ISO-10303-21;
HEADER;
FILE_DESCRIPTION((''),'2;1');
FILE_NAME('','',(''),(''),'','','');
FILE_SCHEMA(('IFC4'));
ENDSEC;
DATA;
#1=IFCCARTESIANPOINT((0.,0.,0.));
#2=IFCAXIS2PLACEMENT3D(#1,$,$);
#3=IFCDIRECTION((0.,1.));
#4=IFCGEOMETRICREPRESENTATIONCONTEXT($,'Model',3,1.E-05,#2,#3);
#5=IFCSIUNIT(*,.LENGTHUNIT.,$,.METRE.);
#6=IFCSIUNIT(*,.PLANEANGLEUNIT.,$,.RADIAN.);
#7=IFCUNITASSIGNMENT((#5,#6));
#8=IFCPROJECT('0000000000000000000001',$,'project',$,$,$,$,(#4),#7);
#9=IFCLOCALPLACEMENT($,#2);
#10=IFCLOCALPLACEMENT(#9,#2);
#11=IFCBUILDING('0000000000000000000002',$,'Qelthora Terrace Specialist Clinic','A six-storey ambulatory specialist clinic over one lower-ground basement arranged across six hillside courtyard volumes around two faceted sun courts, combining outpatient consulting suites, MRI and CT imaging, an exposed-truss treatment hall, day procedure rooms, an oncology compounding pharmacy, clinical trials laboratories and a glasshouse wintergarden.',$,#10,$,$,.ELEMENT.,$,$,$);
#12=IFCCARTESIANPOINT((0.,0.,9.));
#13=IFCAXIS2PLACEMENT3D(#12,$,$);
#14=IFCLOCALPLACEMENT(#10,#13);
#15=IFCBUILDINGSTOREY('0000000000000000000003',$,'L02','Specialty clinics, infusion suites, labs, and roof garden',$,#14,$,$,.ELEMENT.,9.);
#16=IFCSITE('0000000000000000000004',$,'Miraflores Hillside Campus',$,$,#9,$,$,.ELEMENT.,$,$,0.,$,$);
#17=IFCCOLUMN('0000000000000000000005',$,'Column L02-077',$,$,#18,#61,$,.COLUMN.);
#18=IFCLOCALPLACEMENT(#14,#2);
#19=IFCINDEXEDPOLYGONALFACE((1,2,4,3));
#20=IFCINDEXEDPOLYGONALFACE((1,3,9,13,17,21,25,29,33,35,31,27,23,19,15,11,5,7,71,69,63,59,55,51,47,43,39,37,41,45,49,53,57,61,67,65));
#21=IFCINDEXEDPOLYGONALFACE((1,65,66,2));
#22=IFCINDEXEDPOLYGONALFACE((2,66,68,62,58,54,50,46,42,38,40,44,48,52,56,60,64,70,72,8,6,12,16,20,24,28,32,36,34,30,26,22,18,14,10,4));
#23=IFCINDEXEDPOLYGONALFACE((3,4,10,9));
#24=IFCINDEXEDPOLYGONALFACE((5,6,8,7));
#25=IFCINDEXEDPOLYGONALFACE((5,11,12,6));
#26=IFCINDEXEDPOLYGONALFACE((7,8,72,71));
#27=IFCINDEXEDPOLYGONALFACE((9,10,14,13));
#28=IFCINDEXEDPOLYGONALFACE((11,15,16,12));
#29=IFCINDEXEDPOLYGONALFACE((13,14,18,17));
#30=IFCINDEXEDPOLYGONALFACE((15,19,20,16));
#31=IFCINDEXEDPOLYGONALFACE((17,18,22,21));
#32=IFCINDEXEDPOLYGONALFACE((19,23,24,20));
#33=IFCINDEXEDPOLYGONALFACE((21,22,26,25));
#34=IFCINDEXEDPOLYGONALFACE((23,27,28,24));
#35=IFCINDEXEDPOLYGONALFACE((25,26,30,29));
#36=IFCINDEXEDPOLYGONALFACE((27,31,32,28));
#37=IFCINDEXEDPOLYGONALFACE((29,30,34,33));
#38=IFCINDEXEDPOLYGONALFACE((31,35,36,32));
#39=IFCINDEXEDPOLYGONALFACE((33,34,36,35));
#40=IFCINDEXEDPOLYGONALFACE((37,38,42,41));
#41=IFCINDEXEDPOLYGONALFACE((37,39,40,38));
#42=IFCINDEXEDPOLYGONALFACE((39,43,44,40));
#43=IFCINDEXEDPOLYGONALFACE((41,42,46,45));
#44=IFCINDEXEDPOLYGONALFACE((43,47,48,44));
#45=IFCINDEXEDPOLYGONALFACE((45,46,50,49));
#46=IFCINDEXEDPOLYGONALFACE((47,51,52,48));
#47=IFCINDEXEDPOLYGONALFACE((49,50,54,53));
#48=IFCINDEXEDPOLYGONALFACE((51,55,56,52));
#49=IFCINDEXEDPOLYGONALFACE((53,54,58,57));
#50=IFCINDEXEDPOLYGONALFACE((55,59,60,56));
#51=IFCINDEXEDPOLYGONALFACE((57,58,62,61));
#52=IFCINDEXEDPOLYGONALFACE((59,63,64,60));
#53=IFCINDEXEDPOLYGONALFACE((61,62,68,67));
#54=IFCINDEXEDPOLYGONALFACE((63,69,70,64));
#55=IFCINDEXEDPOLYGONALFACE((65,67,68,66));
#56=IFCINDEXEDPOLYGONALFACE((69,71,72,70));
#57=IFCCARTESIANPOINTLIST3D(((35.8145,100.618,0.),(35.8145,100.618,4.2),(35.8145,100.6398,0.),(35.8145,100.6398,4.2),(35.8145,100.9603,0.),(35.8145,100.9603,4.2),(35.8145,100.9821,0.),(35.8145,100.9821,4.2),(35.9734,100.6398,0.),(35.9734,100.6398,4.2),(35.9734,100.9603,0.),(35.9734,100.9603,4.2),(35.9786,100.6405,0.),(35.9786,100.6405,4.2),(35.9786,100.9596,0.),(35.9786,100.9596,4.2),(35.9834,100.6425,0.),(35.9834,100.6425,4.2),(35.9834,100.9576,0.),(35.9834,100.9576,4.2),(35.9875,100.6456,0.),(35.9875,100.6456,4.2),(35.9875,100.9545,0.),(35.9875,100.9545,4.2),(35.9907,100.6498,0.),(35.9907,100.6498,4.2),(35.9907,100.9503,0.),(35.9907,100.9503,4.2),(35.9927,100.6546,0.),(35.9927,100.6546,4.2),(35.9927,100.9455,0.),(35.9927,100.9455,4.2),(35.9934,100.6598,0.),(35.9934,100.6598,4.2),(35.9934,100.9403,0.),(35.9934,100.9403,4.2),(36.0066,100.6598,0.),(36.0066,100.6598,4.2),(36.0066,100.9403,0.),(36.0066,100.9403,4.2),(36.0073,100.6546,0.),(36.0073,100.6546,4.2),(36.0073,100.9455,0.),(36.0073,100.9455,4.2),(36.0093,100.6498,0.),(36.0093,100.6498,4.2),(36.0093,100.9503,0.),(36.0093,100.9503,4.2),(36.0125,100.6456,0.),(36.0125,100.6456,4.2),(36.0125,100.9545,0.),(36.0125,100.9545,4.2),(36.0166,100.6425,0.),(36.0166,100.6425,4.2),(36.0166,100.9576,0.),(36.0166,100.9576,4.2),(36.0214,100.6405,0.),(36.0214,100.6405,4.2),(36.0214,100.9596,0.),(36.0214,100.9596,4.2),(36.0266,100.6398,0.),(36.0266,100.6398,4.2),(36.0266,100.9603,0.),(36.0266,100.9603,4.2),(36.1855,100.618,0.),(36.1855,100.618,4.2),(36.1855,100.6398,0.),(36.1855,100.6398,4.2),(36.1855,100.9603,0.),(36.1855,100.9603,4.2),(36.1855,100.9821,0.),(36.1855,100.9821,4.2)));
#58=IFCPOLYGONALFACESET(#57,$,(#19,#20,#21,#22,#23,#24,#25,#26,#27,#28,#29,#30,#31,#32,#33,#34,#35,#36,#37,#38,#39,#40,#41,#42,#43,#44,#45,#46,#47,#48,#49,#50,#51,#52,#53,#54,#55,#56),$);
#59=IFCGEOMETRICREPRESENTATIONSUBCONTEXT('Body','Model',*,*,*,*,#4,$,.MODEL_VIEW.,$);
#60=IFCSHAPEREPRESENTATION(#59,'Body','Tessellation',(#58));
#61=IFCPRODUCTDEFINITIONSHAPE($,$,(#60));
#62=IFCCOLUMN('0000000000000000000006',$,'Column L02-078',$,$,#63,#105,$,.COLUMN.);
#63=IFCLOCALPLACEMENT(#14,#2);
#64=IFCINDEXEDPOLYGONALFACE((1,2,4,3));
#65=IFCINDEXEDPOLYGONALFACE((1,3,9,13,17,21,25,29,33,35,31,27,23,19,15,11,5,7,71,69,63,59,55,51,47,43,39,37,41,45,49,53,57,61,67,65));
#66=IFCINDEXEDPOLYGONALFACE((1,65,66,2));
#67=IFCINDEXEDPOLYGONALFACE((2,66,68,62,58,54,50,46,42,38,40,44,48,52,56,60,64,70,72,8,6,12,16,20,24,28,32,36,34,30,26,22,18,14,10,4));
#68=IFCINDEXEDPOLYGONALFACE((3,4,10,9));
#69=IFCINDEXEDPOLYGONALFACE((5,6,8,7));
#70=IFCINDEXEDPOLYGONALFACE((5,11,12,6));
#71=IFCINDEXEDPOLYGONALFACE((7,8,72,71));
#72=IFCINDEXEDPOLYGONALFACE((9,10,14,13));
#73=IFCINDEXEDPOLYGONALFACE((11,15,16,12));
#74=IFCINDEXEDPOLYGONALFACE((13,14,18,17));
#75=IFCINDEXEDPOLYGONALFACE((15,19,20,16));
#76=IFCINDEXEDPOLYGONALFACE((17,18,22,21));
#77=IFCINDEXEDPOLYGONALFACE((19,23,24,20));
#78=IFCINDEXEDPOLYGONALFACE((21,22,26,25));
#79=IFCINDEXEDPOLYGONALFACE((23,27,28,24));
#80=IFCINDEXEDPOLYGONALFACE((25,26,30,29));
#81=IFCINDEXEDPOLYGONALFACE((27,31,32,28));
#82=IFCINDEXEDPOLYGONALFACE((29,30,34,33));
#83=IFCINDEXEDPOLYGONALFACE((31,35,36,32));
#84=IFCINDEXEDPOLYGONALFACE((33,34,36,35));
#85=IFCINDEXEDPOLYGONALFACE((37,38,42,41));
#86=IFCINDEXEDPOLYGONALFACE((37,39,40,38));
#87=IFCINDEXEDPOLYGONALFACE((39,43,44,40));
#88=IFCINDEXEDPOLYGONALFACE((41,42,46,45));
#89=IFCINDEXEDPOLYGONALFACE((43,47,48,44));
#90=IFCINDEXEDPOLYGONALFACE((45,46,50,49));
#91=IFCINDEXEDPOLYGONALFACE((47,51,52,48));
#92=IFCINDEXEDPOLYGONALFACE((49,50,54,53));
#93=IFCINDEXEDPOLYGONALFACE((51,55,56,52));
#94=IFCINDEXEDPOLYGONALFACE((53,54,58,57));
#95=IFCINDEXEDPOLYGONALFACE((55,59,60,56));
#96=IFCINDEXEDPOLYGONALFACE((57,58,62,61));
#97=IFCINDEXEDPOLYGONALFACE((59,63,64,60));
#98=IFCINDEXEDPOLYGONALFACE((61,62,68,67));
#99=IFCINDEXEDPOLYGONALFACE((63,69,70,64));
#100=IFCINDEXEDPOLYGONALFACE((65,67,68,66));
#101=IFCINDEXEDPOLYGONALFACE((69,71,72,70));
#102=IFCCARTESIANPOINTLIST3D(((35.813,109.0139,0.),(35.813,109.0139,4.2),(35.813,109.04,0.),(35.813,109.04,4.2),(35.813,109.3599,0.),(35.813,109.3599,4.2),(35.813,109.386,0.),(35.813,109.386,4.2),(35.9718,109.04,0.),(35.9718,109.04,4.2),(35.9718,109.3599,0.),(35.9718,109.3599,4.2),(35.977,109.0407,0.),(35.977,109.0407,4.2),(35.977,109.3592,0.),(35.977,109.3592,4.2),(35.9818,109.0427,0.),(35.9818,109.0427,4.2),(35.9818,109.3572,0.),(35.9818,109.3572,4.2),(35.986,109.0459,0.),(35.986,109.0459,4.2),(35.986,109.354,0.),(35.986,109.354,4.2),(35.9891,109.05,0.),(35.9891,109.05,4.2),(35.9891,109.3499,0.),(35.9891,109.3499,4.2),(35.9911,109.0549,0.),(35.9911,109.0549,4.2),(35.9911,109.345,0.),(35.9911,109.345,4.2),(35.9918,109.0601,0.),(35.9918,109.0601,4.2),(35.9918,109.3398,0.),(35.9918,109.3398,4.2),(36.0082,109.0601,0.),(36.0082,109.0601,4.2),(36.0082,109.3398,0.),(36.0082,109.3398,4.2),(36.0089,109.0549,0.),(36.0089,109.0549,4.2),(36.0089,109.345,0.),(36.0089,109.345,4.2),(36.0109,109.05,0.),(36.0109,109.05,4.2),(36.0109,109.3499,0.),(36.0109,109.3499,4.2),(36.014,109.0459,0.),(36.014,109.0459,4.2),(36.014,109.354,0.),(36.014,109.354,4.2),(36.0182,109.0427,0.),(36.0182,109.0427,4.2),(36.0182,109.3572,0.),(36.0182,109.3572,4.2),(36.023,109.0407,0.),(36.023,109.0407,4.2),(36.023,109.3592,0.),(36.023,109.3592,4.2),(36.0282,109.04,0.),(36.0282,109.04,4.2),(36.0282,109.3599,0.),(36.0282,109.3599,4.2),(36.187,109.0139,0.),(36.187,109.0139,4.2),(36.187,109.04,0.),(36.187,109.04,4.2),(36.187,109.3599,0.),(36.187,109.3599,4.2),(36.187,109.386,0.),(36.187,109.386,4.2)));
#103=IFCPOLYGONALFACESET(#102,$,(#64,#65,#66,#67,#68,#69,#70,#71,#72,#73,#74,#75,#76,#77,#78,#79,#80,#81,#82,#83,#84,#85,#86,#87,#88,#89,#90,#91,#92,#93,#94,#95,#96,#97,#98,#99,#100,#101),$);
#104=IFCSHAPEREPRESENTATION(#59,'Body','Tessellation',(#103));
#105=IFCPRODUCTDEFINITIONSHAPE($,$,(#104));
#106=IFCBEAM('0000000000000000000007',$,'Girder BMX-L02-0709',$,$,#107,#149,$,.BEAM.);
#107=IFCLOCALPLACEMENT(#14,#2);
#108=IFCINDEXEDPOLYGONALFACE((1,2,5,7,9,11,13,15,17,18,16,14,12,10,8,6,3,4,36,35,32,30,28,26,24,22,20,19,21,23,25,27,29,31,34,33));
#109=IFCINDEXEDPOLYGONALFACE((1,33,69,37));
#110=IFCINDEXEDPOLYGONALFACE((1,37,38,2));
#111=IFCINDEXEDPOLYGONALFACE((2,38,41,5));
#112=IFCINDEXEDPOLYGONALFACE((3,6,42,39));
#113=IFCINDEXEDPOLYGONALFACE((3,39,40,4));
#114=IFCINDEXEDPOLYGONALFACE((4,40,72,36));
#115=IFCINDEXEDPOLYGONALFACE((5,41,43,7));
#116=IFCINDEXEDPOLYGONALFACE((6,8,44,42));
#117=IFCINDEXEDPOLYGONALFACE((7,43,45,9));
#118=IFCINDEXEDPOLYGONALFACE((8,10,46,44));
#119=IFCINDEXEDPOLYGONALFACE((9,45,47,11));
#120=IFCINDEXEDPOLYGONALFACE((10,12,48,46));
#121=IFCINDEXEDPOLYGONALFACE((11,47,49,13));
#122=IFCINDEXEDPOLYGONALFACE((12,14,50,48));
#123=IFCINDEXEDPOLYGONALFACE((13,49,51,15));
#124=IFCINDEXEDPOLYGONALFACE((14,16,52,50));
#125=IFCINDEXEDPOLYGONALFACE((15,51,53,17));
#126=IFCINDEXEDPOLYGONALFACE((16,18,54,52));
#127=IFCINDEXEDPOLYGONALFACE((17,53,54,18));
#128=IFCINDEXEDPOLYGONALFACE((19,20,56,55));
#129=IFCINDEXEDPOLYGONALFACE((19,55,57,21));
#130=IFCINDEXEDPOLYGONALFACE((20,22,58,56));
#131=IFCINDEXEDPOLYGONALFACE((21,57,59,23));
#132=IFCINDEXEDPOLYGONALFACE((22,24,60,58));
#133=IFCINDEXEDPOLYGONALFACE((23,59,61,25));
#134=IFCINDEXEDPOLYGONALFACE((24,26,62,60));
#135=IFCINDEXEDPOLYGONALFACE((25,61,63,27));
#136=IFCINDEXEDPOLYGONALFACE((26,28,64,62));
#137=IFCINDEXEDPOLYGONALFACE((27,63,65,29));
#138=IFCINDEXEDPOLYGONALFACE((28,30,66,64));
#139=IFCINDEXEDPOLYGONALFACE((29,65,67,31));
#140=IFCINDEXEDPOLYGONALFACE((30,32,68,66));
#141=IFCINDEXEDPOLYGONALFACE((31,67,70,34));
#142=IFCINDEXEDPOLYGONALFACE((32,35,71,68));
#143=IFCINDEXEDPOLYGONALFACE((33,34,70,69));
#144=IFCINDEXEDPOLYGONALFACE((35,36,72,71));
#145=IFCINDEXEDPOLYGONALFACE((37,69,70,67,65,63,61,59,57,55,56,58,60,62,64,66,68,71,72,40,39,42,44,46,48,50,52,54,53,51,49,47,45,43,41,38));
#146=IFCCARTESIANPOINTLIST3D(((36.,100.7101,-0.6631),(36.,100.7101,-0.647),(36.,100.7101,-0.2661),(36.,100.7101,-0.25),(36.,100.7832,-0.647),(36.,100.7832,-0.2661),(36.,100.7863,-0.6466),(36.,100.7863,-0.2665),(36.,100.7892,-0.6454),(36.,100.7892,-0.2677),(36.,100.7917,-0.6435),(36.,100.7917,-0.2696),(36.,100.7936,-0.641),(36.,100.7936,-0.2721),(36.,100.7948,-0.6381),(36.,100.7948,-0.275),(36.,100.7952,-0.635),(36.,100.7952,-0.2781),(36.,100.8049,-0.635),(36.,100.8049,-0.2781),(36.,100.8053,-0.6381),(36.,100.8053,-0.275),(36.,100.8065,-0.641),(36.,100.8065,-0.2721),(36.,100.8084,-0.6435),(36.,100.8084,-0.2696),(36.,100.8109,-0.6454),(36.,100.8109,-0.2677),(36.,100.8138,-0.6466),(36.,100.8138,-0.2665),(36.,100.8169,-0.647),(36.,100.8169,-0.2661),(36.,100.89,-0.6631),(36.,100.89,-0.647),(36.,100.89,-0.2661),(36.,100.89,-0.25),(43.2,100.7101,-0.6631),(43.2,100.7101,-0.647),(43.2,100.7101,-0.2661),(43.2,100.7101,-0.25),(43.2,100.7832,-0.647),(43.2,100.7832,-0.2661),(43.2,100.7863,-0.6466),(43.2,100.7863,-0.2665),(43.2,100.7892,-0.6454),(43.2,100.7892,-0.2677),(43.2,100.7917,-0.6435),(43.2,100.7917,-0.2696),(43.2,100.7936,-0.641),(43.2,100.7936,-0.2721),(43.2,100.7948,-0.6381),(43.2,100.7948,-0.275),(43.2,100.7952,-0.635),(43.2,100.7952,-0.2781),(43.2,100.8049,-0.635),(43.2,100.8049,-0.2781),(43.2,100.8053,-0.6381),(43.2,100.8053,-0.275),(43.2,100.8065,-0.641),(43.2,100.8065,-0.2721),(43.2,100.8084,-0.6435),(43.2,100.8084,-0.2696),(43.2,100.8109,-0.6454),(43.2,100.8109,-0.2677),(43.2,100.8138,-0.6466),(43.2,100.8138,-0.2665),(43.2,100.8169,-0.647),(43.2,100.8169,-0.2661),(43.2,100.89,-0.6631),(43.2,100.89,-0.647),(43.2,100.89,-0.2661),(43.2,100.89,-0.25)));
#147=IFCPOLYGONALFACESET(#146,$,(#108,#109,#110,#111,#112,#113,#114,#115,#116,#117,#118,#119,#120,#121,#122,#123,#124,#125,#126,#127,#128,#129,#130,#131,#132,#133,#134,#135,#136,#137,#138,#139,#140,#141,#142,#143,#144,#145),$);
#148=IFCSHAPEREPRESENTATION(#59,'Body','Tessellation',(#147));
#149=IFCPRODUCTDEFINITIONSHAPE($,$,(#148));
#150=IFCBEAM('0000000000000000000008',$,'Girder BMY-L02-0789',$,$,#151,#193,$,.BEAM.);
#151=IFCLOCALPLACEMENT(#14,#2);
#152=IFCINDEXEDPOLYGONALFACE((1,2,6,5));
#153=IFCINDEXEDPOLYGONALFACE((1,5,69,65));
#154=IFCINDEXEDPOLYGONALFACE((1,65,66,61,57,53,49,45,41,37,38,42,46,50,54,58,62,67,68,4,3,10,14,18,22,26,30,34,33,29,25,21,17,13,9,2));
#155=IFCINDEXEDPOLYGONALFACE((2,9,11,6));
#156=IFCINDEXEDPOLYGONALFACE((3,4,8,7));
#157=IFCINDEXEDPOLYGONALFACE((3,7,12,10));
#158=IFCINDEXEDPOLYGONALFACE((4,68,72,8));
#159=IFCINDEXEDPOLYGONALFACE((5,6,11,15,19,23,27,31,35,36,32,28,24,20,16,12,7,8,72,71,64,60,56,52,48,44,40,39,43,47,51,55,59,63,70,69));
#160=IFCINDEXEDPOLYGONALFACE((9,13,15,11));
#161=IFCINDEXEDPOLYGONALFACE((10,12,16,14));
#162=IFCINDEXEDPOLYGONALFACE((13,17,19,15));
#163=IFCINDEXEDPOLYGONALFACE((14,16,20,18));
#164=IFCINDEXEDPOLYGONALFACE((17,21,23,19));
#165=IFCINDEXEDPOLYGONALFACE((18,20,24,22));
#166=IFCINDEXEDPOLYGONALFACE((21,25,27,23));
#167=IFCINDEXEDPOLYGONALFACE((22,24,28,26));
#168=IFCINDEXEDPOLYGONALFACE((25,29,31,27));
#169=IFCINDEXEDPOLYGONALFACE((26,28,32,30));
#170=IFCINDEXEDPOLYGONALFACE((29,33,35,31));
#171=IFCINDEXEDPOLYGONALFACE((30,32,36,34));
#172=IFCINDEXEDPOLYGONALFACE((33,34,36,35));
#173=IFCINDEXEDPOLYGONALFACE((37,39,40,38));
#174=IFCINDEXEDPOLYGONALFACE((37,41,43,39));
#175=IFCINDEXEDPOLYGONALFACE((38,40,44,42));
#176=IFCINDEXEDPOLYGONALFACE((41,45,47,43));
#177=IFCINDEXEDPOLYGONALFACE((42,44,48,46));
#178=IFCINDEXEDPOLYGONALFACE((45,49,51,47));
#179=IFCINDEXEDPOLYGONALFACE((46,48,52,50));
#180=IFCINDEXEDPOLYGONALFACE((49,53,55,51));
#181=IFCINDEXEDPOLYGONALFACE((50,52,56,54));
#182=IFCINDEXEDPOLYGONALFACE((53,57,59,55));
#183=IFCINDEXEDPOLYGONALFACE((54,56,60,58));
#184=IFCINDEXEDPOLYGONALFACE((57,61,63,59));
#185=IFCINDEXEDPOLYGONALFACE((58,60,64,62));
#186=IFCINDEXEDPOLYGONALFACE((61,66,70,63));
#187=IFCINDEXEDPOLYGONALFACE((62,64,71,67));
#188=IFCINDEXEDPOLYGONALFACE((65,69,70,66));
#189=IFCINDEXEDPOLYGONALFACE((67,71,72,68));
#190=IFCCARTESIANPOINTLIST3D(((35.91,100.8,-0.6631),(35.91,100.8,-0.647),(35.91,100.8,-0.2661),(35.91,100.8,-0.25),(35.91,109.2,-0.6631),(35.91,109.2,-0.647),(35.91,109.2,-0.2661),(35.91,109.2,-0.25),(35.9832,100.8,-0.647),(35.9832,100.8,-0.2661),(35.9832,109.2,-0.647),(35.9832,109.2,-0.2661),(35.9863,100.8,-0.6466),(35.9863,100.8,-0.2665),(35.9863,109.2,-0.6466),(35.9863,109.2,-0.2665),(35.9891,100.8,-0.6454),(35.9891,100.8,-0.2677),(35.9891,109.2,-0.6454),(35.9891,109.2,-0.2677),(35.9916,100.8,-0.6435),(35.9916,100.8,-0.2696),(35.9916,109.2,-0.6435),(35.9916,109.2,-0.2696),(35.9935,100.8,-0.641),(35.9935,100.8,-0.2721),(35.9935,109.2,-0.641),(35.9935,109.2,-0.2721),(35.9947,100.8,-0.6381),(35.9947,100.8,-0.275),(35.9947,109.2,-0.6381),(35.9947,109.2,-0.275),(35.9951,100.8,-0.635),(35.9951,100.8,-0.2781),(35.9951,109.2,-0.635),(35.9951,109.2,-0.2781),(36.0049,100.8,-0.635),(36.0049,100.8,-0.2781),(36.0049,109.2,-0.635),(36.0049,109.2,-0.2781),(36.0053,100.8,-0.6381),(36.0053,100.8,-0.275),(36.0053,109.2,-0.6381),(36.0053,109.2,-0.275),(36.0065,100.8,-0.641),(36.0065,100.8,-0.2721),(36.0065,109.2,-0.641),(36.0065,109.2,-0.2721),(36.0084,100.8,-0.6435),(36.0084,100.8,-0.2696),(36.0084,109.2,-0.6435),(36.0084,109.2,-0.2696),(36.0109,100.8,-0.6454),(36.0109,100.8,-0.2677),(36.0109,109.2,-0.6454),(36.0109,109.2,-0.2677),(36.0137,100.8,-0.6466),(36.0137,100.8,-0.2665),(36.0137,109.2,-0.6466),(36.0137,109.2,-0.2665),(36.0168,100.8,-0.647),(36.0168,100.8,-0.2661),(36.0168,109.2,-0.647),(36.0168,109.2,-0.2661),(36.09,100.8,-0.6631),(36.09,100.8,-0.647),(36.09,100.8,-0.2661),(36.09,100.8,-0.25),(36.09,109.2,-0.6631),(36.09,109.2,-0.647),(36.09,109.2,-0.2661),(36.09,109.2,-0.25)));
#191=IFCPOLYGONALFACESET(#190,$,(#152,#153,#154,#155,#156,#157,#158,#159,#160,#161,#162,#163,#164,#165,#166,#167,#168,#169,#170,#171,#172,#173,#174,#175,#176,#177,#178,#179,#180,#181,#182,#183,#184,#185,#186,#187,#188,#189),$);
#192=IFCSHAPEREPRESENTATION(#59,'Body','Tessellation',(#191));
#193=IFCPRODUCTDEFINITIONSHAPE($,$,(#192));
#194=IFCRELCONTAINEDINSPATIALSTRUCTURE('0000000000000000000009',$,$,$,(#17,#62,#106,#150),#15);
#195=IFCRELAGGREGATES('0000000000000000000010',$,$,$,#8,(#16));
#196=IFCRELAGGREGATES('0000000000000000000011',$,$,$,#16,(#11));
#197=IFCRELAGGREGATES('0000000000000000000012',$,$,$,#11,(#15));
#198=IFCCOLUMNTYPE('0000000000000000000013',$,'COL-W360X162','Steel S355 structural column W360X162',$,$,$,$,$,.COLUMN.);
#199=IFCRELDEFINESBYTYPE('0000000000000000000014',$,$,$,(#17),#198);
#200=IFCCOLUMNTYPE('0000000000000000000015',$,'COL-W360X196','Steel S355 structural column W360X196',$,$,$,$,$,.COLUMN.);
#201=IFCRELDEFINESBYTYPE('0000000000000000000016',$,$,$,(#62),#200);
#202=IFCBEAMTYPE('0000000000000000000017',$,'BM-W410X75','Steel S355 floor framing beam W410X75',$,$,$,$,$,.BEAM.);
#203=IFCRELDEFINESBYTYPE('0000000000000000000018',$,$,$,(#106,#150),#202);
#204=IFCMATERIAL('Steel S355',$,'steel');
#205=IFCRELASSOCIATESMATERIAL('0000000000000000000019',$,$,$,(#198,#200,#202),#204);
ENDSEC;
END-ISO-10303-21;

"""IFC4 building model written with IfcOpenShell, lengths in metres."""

from ifc_helpers import new_model, si_unit, direction, frame, origin, origin_2d, place, context, subcontext, project, spatial, i_section, extrude, material, material_profile, profile_set, type_object, element, save


model = new_model("IFC4")

# Units and contexts
model_context = context("Model", 3, precision=1e-05, world=origin(), true_north=direction((0.0, 1.0)))
body_context = subcontext(model_context, "Body", "Model", "MODEL_VIEW")
ifc_project = project(units=[si_unit("LENGTHUNIT", "METRE"), si_unit("PLANEANGLEUNIT", "RADIAN")], contexts=[model_context])

# Site, building, storey
site_placement = place(None, origin())
site = spatial("IfcSite", under=ifc_project, at=site_placement, Name="Miraflores Hillside Campus", CompositionType="ELEMENT", RefElevation=0.0)
building_placement = place(site_placement, origin())
building = spatial("IfcBuilding", under=site, at=building_placement, Name="Qelthora Terrace Specialist Clinic", Description="A six-storey ambulatory specialist clinic over one lower-ground basement arranged across six hillside courtyard volumes around two faceted sun courts, combining outpatient consulting suites, MRI and CT imaging, an exposed-truss treatment hall, day procedure rooms, an oncology compounding pharmacy, clinical trials laboratories and a glasshouse wintergarden.", CompositionType="ELEMENT")
storey_placement = place(building_placement, frame((0.0, 0.0, 9.0)))
storey = spatial("IfcBuildingStorey", under=building, at=storey_placement, Name="L02", Description="Specialty clinics, infusion suites, labs, and roof garden", CompositionType="ELEMENT", Elevation=9.0)

# Columns
ifc_material_1 = material(Name="Steel S355", Category="steel")
ifc_material_profile_1 = material_profile(ifc_material_1, i_section(OverallWidth=0.3711, OverallDepth=0.364, WebThickness=0.0132, FlangeThickness=0.0217, FilletRadius=0.02, at=origin_2d()), Name="W360X162")
ifc_profile_set_1 = profile_set([ifc_material_profile_1], Name="Steel S355")
column_type_1 = type_object("IfcColumnType", Name="COL-W360X162", Description="Steel S355 structural column W360X162", PredefinedType="COLUMN", material=ifc_profile_set_1)
column_1_placement = place(storey_placement, frame((36.0, 100.8, 0.0), z_axis=(0.0, 0.0, 1.0), x_axis=(1.0, 0.0, 0.0)))
element("IfcColumn", 1, at=column_1_placement, inside=storey, type_object=column_type_1, Name="Column L02-077", PredefinedType="COLUMN", context=body_context, shape_type="SweptSolid", body=[
    extrude(i_section(OverallWidth=0.3711, OverallDepth=0.364, WebThickness=0.0132, FlangeThickness=0.0217, FilletRadius=0.02, at=origin_2d()), origin(), (0.0, 0.0, 1.0), 4.2),
])
ifc_material_profile_2 = material_profile(ifc_material_1, i_section(OverallWidth=0.374, OverallDepth=0.3721, WebThickness=0.0164, FlangeThickness=0.0261, FilletRadius=0.02, at=origin_2d()), Name="W360X196")
ifc_profile_set_2 = profile_set([ifc_material_profile_2], Name="Steel S355")
column_type_2 = type_object("IfcColumnType", Name="COL-W360X196", Description="Steel S355 structural column W360X196", PredefinedType="COLUMN", material=ifc_profile_set_2)
column_2_placement = place(storey_placement, frame((36.0, 109.2, 0.0), z_axis=(0.0, 0.0, 1.0), x_axis=(1.0, 0.0, 0.0)))
element("IfcColumn", 2, at=column_2_placement, inside=storey, type_object=column_type_2, Name="Column L02-078", PredefinedType="COLUMN", context=body_context, shape_type="SweptSolid", body=[
    extrude(i_section(OverallWidth=0.374, OverallDepth=0.3721, WebThickness=0.0164, FlangeThickness=0.0261, FilletRadius=0.02, at=origin_2d()), origin(), (0.0, 0.0, 1.0), 4.2),
])

# Beams
ifc_material_profile_3 = material_profile(ifc_material_1, i_section(OverallWidth=0.1799, OverallDepth=0.4131, WebThickness=0.0098, FlangeThickness=0.0161, FilletRadius=0.012, at=origin_2d()), Name="W410X75")
ifc_profile_set_3 = profile_set([ifc_material_profile_3], Name="Steel S355")
beam_type_1 = type_object("IfcBeamType", Name="BM-W410X75", Description="Steel S355 floor framing beam W410X75", PredefinedType="BEAM", material=ifc_profile_set_3)
beam_1_placement = place(storey_placement, frame((36.0, 100.8, -0.4565), z_axis=(1.0, 0.0, 0.0), x_axis=(0.0, 1.0, 0.0)))
element("IfcBeam", 3, at=beam_1_placement, inside=storey, type_object=beam_type_1, Name="Girder BMX-L02-0709", PredefinedType="BEAM", context=body_context, shape_type="SweptSolid", body=[
    extrude(i_section(OverallWidth=0.1799, OverallDepth=0.4131, WebThickness=0.0098, FlangeThickness=0.0161, FilletRadius=0.012, at=origin_2d()), origin(), (0.0, 0.0, 1.0), 7.2),
])
beam_2_placement = place(storey_placement, frame((36.0, 100.8, -0.4565), z_axis=(0.0, 1.0, 0.0), x_axis=(-1.0, 0.0, 0.0)))
element("IfcBeam", 4, at=beam_2_placement, inside=storey, type_object=beam_type_1, Name="Girder BMY-L02-0789", PredefinedType="BEAM", context=body_context, shape_type="SweptSolid", body=[
    extrude(i_section(OverallWidth=0.1799, OverallDepth=0.4131, WebThickness=0.0098, FlangeThickness=0.0161, FilletRadius=0.012, at=origin_2d()), origin(), (0.0, 0.0, 1.0), 8.3999),
])

save(model, "model.ifc")
